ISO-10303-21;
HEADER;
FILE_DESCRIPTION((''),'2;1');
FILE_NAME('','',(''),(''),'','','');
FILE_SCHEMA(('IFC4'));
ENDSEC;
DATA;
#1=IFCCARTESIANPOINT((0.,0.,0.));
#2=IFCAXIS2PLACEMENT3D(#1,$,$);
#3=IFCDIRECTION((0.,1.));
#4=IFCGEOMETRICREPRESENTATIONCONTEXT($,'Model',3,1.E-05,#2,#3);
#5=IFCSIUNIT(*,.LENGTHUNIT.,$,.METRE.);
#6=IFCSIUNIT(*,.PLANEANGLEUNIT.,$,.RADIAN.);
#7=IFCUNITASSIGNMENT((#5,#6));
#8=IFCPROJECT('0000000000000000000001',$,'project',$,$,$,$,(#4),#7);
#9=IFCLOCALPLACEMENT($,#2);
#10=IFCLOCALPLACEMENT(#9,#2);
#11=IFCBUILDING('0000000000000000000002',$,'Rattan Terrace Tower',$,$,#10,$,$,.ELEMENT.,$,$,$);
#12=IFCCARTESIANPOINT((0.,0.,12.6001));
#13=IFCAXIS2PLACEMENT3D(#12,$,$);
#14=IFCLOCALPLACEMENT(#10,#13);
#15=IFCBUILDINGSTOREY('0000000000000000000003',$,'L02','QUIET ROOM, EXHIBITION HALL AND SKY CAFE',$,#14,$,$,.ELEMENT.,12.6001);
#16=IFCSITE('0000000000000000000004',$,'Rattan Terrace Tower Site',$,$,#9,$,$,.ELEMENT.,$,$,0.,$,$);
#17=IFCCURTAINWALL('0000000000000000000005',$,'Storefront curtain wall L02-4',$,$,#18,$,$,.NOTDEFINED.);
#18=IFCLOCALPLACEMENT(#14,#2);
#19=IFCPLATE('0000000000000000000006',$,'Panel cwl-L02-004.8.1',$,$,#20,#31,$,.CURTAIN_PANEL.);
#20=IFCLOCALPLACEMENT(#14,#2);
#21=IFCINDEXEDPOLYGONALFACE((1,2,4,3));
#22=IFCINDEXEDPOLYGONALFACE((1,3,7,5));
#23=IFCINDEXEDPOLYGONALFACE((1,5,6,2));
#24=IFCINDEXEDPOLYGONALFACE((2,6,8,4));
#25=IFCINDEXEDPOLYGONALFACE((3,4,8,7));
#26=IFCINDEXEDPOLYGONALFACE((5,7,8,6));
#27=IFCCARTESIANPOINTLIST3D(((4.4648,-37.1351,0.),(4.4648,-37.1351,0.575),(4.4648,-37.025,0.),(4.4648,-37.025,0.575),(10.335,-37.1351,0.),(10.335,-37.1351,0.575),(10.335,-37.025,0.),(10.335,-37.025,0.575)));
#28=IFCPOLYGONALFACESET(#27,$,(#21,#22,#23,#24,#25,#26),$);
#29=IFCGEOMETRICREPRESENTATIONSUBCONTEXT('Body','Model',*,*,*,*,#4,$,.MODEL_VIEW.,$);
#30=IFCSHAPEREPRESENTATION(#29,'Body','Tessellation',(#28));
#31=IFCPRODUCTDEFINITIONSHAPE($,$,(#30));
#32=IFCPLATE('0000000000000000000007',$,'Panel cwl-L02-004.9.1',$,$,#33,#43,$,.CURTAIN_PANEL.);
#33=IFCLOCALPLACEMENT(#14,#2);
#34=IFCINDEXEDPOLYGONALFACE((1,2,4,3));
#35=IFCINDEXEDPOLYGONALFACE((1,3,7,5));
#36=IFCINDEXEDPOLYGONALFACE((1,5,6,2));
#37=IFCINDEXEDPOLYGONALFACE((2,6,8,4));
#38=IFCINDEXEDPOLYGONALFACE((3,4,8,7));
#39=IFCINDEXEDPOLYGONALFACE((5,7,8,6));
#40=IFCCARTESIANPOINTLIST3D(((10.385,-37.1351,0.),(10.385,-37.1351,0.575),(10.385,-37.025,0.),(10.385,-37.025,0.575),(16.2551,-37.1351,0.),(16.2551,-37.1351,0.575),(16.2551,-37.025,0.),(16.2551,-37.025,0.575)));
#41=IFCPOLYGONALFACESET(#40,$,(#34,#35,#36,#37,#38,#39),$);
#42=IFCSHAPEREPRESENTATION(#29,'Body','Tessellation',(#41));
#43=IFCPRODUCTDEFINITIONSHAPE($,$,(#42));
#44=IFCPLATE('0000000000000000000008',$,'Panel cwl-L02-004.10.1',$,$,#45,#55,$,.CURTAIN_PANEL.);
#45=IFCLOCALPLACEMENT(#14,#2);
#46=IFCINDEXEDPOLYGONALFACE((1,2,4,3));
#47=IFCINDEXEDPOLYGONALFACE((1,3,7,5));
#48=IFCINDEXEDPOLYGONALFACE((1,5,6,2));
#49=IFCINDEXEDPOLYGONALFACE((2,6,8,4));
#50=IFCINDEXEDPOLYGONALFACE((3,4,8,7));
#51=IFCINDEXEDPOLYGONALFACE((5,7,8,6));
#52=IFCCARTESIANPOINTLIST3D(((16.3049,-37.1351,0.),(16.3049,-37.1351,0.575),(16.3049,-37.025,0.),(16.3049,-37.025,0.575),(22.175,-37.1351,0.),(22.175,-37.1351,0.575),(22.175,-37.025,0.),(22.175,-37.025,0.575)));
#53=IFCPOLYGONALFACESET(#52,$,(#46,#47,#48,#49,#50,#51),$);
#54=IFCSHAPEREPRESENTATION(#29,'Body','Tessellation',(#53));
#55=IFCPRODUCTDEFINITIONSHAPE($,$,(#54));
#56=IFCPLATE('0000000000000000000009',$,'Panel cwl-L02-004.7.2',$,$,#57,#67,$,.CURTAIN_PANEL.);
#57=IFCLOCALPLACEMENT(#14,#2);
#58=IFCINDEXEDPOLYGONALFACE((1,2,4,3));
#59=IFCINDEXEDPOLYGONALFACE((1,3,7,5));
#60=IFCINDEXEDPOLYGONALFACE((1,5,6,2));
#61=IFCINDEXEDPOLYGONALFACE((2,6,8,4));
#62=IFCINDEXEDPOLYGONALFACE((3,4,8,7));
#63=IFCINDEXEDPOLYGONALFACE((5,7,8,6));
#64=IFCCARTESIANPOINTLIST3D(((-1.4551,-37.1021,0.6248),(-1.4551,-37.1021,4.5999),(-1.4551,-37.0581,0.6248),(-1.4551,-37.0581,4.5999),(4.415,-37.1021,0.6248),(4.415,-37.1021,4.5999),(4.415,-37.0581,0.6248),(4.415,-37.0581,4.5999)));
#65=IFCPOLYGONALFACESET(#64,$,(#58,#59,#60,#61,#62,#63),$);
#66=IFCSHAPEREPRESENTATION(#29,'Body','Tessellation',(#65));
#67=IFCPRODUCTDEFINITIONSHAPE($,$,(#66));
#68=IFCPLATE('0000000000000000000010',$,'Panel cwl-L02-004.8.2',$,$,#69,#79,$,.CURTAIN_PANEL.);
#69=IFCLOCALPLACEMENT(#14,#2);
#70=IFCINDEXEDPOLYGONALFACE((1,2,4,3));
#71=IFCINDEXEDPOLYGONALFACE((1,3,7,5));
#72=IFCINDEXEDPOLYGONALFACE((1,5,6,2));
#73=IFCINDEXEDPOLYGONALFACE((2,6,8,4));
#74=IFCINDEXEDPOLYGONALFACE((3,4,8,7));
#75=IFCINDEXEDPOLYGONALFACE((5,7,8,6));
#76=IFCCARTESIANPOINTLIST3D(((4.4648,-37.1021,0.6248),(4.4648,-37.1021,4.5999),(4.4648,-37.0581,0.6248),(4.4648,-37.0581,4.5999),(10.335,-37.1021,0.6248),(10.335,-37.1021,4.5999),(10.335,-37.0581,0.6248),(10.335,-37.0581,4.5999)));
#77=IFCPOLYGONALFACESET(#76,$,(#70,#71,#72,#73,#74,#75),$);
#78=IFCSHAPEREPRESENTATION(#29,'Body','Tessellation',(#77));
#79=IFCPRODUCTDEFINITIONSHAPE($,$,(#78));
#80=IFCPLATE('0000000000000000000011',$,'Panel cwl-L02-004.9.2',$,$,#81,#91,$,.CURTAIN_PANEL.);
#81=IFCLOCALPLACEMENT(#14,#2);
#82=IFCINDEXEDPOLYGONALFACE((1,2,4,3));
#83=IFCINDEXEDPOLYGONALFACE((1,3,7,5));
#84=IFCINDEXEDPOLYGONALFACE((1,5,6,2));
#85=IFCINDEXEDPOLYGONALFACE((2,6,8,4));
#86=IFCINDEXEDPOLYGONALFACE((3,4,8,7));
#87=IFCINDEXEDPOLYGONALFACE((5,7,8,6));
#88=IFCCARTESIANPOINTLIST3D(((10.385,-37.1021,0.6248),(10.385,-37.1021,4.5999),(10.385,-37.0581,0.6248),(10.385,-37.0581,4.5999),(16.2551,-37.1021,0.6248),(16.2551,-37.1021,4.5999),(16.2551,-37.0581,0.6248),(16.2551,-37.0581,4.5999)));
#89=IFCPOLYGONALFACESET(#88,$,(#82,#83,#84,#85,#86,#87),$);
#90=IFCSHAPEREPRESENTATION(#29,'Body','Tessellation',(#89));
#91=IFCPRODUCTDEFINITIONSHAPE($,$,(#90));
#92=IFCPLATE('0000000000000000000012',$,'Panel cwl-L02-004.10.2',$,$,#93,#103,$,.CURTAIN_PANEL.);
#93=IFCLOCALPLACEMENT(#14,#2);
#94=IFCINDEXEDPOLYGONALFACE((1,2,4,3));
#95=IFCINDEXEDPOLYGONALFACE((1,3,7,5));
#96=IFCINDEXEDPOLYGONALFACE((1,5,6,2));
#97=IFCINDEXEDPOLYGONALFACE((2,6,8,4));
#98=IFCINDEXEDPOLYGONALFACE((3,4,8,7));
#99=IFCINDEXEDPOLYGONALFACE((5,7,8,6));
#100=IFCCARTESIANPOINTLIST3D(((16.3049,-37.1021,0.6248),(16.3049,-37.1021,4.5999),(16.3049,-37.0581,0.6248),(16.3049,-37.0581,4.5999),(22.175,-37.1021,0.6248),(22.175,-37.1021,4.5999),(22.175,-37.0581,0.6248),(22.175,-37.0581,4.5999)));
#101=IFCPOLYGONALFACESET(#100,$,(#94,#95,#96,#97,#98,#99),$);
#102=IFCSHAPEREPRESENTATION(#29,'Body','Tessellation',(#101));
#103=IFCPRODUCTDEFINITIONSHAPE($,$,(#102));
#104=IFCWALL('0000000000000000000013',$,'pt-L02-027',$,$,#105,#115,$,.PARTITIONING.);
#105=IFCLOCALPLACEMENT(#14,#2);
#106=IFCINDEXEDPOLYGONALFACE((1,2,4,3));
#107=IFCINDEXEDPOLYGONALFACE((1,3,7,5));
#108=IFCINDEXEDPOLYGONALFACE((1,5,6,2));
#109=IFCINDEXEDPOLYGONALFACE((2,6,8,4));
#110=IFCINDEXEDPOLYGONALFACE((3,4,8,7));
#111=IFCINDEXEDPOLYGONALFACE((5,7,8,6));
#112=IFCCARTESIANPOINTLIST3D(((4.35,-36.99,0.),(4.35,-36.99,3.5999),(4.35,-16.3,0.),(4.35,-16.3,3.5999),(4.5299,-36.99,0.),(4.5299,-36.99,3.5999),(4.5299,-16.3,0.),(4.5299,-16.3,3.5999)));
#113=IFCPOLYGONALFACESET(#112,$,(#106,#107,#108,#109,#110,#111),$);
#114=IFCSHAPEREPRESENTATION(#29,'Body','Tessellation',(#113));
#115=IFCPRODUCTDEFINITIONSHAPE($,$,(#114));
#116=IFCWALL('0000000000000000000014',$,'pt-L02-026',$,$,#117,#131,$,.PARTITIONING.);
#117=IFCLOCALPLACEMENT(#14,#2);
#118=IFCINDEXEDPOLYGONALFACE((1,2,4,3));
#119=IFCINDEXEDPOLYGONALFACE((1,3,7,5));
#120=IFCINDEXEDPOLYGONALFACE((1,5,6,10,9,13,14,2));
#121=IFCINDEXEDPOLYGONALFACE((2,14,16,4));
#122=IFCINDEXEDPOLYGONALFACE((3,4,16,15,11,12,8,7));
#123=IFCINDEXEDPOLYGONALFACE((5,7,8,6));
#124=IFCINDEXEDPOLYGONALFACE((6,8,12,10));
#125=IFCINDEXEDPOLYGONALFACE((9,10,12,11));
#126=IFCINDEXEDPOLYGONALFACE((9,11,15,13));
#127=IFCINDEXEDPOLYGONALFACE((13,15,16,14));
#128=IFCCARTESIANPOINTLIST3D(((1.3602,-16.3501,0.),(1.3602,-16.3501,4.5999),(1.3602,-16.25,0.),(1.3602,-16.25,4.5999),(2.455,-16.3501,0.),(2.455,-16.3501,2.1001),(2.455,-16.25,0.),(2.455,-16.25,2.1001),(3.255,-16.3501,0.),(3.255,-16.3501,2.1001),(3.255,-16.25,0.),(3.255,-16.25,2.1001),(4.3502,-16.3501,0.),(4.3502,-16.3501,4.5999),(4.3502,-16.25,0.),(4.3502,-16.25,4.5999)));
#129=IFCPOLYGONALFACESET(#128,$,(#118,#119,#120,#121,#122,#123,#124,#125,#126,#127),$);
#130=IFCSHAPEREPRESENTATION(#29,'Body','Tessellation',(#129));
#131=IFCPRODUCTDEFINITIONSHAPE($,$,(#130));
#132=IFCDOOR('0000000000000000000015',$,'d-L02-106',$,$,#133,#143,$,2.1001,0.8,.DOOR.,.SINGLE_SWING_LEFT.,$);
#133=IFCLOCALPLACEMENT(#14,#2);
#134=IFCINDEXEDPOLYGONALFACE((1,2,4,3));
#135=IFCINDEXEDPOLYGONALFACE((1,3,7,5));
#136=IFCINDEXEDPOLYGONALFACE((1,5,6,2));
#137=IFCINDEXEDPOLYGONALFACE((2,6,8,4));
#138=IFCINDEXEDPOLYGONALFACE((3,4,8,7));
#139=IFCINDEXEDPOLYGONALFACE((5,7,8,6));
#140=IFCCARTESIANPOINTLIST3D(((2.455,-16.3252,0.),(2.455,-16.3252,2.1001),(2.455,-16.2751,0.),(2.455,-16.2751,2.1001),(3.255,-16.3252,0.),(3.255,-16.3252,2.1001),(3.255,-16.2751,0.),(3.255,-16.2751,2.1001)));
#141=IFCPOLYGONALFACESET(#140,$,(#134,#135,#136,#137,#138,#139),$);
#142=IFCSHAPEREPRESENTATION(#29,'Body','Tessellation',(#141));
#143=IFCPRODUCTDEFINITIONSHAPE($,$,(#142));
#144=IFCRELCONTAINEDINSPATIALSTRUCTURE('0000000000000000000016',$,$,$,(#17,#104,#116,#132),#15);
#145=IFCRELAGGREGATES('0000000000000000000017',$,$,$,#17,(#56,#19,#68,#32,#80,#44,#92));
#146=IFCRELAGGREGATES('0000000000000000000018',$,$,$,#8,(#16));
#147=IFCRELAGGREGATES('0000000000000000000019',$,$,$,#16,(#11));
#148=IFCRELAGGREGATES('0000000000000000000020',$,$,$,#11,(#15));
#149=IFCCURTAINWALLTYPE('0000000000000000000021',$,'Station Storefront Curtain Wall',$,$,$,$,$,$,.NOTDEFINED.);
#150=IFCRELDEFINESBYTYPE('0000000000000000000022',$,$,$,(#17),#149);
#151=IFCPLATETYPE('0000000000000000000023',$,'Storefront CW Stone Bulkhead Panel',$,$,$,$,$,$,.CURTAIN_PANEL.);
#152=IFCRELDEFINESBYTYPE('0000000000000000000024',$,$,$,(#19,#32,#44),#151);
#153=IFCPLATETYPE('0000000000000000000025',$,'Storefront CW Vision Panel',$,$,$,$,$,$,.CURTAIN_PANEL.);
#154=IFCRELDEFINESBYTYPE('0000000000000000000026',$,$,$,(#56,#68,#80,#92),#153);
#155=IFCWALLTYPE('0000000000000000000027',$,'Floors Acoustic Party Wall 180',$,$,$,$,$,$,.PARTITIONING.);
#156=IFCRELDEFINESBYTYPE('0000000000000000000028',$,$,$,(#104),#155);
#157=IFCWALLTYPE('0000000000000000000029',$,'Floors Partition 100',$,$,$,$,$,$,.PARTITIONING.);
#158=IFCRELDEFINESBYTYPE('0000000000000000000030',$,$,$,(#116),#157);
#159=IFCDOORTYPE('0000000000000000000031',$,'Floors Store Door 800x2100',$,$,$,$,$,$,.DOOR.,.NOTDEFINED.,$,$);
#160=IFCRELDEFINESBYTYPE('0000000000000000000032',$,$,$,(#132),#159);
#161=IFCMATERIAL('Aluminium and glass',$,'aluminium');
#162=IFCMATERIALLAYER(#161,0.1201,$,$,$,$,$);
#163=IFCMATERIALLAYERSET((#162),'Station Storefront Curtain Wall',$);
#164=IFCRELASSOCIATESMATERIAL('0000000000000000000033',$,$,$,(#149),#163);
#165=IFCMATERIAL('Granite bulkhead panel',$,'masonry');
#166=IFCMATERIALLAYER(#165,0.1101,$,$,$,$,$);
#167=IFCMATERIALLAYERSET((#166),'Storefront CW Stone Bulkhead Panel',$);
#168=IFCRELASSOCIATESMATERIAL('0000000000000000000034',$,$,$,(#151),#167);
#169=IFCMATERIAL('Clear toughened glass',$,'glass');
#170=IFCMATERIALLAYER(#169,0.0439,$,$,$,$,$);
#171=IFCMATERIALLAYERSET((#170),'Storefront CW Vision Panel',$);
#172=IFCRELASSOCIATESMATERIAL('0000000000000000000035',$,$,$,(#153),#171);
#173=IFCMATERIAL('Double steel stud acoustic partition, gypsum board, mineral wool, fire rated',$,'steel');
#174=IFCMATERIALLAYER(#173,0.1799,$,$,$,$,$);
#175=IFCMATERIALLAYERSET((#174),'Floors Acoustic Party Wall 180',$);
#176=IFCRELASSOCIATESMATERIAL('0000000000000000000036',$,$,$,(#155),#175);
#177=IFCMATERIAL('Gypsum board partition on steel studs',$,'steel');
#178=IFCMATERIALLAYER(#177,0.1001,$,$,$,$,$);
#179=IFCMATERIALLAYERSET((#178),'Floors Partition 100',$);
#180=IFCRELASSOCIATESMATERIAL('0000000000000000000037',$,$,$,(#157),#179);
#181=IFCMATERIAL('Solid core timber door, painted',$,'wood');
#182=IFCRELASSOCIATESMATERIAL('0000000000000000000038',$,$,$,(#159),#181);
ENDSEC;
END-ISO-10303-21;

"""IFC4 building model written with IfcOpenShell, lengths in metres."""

from ifc_helpers import new_model, si_unit, direction, frame, frame_2d, origin, origin_2d, place, context, subcontext, project, spatial, rectangle, extrude, material, layer, layer_set, type_object, element, fill, aggregate, save


model = new_model("IFC4")

# Units and contexts
model_context = context("Model", 3, precision=1e-05, world=origin(), true_north=direction((0.0, 1.0)))
body_context = subcontext(model_context, "Body", "Model", "MODEL_VIEW")
ifc_project = project(units=[si_unit("LENGTHUNIT", "METRE"), si_unit("PLANEANGLEUNIT", "RADIAN")], contexts=[model_context])

# Site, building, storey
site_placement = place(None, origin())
site = spatial("IfcSite", under=ifc_project, at=site_placement, Name="Rattan Terrace Tower Site", CompositionType="ELEMENT", RefElevation=0.0)
building_placement = place(site_placement, origin())
building = spatial("IfcBuilding", under=site, at=building_placement, Name="Rattan Terrace Tower", CompositionType="ELEMENT")
storey_placement = place(building_placement, frame((0.0, 0.0, 12.6001)))
storey = spatial("IfcBuildingStorey", under=building, at=storey_placement, Name="L02", Description="QUIET ROOM, EXHIBITION HALL AND SKY CAFE", CompositionType="ELEMENT", Elevation=12.6001)

# Curtain wall, plates
ifc_material_1 = material(Name="Aluminium and glass", Category="aluminium")
ifc_layer_1 = layer(ifc_material_1, 0.1201)
ifc_layer_set_1 = layer_set([ifc_layer_1], Name="Station Storefront Curtain Wall")
curtain_wall_type = type_object("IfcCurtainWallType", Name="Station Storefront Curtain Wall", PredefinedType="NOTDEFINED", material=ifc_layer_set_1)
curtain_wall_placement = place(storey_placement, origin())
curtain_wall = element("IfcCurtainWall", 1, at=curtain_wall_placement, inside=storey, type_object=curtain_wall_type, Name="Storefront curtain wall L02-4", PredefinedType="NOTDEFINED")
ifc_material_2 = material(Name="Granite bulkhead panel", Category="masonry")
ifc_layer_2 = layer(ifc_material_2, 0.1101)
ifc_layer_set_2 = layer_set([ifc_layer_2], Name="Storefront CW Stone Bulkhead Panel")
plate_type_1 = type_object("IfcPlateType", Name="Storefront CW Stone Bulkhead Panel", PredefinedType="CURTAIN_PANEL", material=ifc_layer_set_2)
plate_1_placement = place(storey_placement, frame((7.3999, -37.0801, 0.0), z_axis=(0.0, 0.0, 1.0), x_axis=(1.0, 0.0, 0.0)))
plate_1 = element("IfcPlate", 2, at=plate_1_placement, type_object=plate_type_1, Name="Panel cwl-L02-004.8.1", PredefinedType="CURTAIN_PANEL", context=body_context, shape_type="SweptSolid", body=[
    extrude(rectangle(XDim=5.8701, YDim=0.1101, at=origin_2d()), origin(), (0.0, 0.0, 1.0), 0.575),
])
plate_2_placement = place(storey_placement, frame((13.3201, -37.0801, 0.0), z_axis=(0.0, 0.0, 1.0), x_axis=(1.0, 0.0, 0.0)))
plate_2 = element("IfcPlate", 3, at=plate_2_placement, type_object=plate_type_1, Name="Panel cwl-L02-004.9.1", PredefinedType="CURTAIN_PANEL", context=body_context, shape_type="SweptSolid", body=[
    extrude(rectangle(XDim=5.8701, YDim=0.1101, at=origin_2d()), origin(), (0.0, 0.0, 1.0), 0.575),
])
plate_3_placement = place(storey_placement, frame((19.24, -37.0801, 0.0), z_axis=(0.0, 0.0, 1.0), x_axis=(1.0, 0.0, 0.0)))
plate_3 = element("IfcPlate", 4, at=plate_3_placement, type_object=plate_type_1, Name="Panel cwl-L02-004.10.1", PredefinedType="CURTAIN_PANEL", context=body_context, shape_type="SweptSolid", body=[
    extrude(rectangle(XDim=5.8701, YDim=0.1101, at=origin_2d()), origin(), (0.0, 0.0, 1.0), 0.575),
])
ifc_material_3 = material(Name="Clear toughened glass", Category="glass")
ifc_layer_3 = layer(ifc_material_3, 0.0439)
ifc_layer_set_3 = layer_set([ifc_layer_3], Name="Storefront CW Vision Panel")
plate_type_2 = type_object("IfcPlateType", Name="Storefront CW Vision Panel", PredefinedType="CURTAIN_PANEL", material=ifc_layer_set_3)
plate_4_placement = place(storey_placement, frame((1.48, -37.0801, 0.6248), z_axis=(0.0, 0.0, 1.0), x_axis=(1.0, 0.0, 0.0)))
plate_4 = element("IfcPlate", 5, at=plate_4_placement, type_object=plate_type_2, Name="Panel cwl-L02-004.7.2", PredefinedType="CURTAIN_PANEL", context=body_context, shape_type="SweptSolid", body=[
    extrude(rectangle(XDim=5.8701, YDim=0.0439, at=origin_2d()), origin(), (0.0, 0.0, 1.0), 3.9751),
])
plate_5_placement = place(storey_placement, frame((7.3999, -37.0801, 0.6248), z_axis=(0.0, 0.0, 1.0), x_axis=(1.0, 0.0, 0.0)))
plate_5 = element("IfcPlate", 6, at=plate_5_placement, type_object=plate_type_2, Name="Panel cwl-L02-004.8.2", PredefinedType="CURTAIN_PANEL", context=body_context, shape_type="SweptSolid", body=[
    extrude(rectangle(XDim=5.8701, YDim=0.0439, at=origin_2d()), origin(), (0.0, 0.0, 1.0), 3.9751),
])
plate_6_placement = place(storey_placement, frame((13.3201, -37.0801, 0.6248), z_axis=(0.0, 0.0, 1.0), x_axis=(1.0, 0.0, 0.0)))
plate_6 = element("IfcPlate", 7, at=plate_6_placement, type_object=plate_type_2, Name="Panel cwl-L02-004.9.2", PredefinedType="CURTAIN_PANEL", context=body_context, shape_type="SweptSolid", body=[
    extrude(rectangle(XDim=5.8701, YDim=0.0439, at=origin_2d()), origin(), (0.0, 0.0, 1.0), 3.9751),
])
plate_7_placement = place(storey_placement, frame((19.24, -37.0801, 0.6248), z_axis=(0.0, 0.0, 1.0), x_axis=(1.0, 0.0, 0.0)))
plate_7 = element("IfcPlate", 8, at=plate_7_placement, type_object=plate_type_2, Name="Panel cwl-L02-004.10.2", PredefinedType="CURTAIN_PANEL", context=body_context, shape_type="SweptSolid", body=[
    extrude(rectangle(XDim=5.8701, YDim=0.0439, at=origin_2d()), origin(), (0.0, 0.0, 1.0), 3.9751),
])
aggregate(curtain_wall, [plate_4, plate_1, plate_5, plate_2, plate_6, plate_3, plate_7])

# Wall
ifc_material_4 = material(Name="Double steel stud acoustic partition, gypsum board, mineral wool, fire rated", Category="steel")
ifc_layer_4 = layer(ifc_material_4, 0.1799)
ifc_layer_set_4 = layer_set([ifc_layer_4], Name="Floors Acoustic Party Wall 180")
wall_type_1 = type_object("IfcWallType", Name="Floors Acoustic Party Wall 180", PredefinedType="PARTITIONING", material=ifc_layer_set_4)
wall_1_placement = place(storey_placement, frame((4.4399, -16.3, 0.0), z_axis=(0.0, 0.0, 1.0), x_axis=(0.0, -1.0, 0.0)))
element("IfcWall", 9, at=wall_1_placement, inside=storey, type_object=wall_type_1, Name="pt-L02-027", PredefinedType="PARTITIONING", context=body_context, shape_type="SweptSolid", body=[
    extrude(rectangle(XDim=20.6899, YDim=0.1799, at=frame_2d((10.345, 0.0))), origin(), (0.0, 0.0, 1.0), 3.5999),
])

# Wall, opening, door
ifc_material_5 = material(Name="Gypsum board partition on steel studs", Category="steel")
ifc_layer_5 = layer(ifc_material_5, 0.1001)
ifc_layer_set_5 = layer_set([ifc_layer_5], Name="Floors Partition 100")
wall_type_2 = type_object("IfcWallType", Name="Floors Partition 100", PredefinedType="PARTITIONING", material=ifc_layer_set_5)
wall_2_placement = place(storey_placement, frame((1.3601, -16.3, 0.0), z_axis=(0.0, 0.0, 1.0), x_axis=(1.0, 0.0, 0.0)))
wall_2 = element("IfcWall", 10, at=wall_2_placement, inside=storey, type_object=wall_type_2, Name="pt-L02-026", PredefinedType="PARTITIONING", context=body_context, shape_type="SweptSolid", body=[
    extrude(rectangle(XDim=2.99, YDim=0.1001, at=frame_2d((1.4951, 0.0))), origin(), (0.0, 0.0, 1.0), 4.5999),
])
opening_placement = place(wall_2_placement, frame((1.095, 0.0, 0.0)))
opening = element("IfcOpeningElement", 11, at=opening_placement, cuts=wall_2, PredefinedType="OPENING", context=body_context, shape_type="SweptSolid", body=[
    extrude(rectangle(XDim=0.8, YDim=2.1001, at=frame_2d((0.3999, 1.05))), frame((0.0, 0.0605, 0.0), z_axis=(0.0, -1.0, 0.0), x_axis=(1.0, 0.0, 0.0)), (0.0, 0.0, 1.0), 0.1211),
])
ifc_material_6 = material(Name="Solid core timber door, painted", Category="wood")
door_type = type_object("IfcDoorType", Name="Floors Store Door 800x2100", OperationType="NOTDEFINED", PredefinedType="DOOR", material=ifc_material_6)
door_placement = place(opening_placement, origin())
door = element("IfcDoor", 12, at=door_placement, inside=storey, type_object=door_type, Name="d-L02-106", OperationType="SINGLE_SWING_LEFT", OverallHeight=2.1001, OverallWidth=0.8, PredefinedType="DOOR", context=body_context, shape_type="SweptSolid", body=[
    extrude(rectangle(XDim=0.8, YDim=2.1001, at=frame_2d((0.3999, 1.05))), frame((0.0, 0.0249, 0.0), z_axis=(0.0, -1.0, 0.0), x_axis=(1.0, 0.0, 0.0)), (0.0, 0.0, 1.0), 0.05),
])
fill(opening, door)

save(model, "model.ifc")
